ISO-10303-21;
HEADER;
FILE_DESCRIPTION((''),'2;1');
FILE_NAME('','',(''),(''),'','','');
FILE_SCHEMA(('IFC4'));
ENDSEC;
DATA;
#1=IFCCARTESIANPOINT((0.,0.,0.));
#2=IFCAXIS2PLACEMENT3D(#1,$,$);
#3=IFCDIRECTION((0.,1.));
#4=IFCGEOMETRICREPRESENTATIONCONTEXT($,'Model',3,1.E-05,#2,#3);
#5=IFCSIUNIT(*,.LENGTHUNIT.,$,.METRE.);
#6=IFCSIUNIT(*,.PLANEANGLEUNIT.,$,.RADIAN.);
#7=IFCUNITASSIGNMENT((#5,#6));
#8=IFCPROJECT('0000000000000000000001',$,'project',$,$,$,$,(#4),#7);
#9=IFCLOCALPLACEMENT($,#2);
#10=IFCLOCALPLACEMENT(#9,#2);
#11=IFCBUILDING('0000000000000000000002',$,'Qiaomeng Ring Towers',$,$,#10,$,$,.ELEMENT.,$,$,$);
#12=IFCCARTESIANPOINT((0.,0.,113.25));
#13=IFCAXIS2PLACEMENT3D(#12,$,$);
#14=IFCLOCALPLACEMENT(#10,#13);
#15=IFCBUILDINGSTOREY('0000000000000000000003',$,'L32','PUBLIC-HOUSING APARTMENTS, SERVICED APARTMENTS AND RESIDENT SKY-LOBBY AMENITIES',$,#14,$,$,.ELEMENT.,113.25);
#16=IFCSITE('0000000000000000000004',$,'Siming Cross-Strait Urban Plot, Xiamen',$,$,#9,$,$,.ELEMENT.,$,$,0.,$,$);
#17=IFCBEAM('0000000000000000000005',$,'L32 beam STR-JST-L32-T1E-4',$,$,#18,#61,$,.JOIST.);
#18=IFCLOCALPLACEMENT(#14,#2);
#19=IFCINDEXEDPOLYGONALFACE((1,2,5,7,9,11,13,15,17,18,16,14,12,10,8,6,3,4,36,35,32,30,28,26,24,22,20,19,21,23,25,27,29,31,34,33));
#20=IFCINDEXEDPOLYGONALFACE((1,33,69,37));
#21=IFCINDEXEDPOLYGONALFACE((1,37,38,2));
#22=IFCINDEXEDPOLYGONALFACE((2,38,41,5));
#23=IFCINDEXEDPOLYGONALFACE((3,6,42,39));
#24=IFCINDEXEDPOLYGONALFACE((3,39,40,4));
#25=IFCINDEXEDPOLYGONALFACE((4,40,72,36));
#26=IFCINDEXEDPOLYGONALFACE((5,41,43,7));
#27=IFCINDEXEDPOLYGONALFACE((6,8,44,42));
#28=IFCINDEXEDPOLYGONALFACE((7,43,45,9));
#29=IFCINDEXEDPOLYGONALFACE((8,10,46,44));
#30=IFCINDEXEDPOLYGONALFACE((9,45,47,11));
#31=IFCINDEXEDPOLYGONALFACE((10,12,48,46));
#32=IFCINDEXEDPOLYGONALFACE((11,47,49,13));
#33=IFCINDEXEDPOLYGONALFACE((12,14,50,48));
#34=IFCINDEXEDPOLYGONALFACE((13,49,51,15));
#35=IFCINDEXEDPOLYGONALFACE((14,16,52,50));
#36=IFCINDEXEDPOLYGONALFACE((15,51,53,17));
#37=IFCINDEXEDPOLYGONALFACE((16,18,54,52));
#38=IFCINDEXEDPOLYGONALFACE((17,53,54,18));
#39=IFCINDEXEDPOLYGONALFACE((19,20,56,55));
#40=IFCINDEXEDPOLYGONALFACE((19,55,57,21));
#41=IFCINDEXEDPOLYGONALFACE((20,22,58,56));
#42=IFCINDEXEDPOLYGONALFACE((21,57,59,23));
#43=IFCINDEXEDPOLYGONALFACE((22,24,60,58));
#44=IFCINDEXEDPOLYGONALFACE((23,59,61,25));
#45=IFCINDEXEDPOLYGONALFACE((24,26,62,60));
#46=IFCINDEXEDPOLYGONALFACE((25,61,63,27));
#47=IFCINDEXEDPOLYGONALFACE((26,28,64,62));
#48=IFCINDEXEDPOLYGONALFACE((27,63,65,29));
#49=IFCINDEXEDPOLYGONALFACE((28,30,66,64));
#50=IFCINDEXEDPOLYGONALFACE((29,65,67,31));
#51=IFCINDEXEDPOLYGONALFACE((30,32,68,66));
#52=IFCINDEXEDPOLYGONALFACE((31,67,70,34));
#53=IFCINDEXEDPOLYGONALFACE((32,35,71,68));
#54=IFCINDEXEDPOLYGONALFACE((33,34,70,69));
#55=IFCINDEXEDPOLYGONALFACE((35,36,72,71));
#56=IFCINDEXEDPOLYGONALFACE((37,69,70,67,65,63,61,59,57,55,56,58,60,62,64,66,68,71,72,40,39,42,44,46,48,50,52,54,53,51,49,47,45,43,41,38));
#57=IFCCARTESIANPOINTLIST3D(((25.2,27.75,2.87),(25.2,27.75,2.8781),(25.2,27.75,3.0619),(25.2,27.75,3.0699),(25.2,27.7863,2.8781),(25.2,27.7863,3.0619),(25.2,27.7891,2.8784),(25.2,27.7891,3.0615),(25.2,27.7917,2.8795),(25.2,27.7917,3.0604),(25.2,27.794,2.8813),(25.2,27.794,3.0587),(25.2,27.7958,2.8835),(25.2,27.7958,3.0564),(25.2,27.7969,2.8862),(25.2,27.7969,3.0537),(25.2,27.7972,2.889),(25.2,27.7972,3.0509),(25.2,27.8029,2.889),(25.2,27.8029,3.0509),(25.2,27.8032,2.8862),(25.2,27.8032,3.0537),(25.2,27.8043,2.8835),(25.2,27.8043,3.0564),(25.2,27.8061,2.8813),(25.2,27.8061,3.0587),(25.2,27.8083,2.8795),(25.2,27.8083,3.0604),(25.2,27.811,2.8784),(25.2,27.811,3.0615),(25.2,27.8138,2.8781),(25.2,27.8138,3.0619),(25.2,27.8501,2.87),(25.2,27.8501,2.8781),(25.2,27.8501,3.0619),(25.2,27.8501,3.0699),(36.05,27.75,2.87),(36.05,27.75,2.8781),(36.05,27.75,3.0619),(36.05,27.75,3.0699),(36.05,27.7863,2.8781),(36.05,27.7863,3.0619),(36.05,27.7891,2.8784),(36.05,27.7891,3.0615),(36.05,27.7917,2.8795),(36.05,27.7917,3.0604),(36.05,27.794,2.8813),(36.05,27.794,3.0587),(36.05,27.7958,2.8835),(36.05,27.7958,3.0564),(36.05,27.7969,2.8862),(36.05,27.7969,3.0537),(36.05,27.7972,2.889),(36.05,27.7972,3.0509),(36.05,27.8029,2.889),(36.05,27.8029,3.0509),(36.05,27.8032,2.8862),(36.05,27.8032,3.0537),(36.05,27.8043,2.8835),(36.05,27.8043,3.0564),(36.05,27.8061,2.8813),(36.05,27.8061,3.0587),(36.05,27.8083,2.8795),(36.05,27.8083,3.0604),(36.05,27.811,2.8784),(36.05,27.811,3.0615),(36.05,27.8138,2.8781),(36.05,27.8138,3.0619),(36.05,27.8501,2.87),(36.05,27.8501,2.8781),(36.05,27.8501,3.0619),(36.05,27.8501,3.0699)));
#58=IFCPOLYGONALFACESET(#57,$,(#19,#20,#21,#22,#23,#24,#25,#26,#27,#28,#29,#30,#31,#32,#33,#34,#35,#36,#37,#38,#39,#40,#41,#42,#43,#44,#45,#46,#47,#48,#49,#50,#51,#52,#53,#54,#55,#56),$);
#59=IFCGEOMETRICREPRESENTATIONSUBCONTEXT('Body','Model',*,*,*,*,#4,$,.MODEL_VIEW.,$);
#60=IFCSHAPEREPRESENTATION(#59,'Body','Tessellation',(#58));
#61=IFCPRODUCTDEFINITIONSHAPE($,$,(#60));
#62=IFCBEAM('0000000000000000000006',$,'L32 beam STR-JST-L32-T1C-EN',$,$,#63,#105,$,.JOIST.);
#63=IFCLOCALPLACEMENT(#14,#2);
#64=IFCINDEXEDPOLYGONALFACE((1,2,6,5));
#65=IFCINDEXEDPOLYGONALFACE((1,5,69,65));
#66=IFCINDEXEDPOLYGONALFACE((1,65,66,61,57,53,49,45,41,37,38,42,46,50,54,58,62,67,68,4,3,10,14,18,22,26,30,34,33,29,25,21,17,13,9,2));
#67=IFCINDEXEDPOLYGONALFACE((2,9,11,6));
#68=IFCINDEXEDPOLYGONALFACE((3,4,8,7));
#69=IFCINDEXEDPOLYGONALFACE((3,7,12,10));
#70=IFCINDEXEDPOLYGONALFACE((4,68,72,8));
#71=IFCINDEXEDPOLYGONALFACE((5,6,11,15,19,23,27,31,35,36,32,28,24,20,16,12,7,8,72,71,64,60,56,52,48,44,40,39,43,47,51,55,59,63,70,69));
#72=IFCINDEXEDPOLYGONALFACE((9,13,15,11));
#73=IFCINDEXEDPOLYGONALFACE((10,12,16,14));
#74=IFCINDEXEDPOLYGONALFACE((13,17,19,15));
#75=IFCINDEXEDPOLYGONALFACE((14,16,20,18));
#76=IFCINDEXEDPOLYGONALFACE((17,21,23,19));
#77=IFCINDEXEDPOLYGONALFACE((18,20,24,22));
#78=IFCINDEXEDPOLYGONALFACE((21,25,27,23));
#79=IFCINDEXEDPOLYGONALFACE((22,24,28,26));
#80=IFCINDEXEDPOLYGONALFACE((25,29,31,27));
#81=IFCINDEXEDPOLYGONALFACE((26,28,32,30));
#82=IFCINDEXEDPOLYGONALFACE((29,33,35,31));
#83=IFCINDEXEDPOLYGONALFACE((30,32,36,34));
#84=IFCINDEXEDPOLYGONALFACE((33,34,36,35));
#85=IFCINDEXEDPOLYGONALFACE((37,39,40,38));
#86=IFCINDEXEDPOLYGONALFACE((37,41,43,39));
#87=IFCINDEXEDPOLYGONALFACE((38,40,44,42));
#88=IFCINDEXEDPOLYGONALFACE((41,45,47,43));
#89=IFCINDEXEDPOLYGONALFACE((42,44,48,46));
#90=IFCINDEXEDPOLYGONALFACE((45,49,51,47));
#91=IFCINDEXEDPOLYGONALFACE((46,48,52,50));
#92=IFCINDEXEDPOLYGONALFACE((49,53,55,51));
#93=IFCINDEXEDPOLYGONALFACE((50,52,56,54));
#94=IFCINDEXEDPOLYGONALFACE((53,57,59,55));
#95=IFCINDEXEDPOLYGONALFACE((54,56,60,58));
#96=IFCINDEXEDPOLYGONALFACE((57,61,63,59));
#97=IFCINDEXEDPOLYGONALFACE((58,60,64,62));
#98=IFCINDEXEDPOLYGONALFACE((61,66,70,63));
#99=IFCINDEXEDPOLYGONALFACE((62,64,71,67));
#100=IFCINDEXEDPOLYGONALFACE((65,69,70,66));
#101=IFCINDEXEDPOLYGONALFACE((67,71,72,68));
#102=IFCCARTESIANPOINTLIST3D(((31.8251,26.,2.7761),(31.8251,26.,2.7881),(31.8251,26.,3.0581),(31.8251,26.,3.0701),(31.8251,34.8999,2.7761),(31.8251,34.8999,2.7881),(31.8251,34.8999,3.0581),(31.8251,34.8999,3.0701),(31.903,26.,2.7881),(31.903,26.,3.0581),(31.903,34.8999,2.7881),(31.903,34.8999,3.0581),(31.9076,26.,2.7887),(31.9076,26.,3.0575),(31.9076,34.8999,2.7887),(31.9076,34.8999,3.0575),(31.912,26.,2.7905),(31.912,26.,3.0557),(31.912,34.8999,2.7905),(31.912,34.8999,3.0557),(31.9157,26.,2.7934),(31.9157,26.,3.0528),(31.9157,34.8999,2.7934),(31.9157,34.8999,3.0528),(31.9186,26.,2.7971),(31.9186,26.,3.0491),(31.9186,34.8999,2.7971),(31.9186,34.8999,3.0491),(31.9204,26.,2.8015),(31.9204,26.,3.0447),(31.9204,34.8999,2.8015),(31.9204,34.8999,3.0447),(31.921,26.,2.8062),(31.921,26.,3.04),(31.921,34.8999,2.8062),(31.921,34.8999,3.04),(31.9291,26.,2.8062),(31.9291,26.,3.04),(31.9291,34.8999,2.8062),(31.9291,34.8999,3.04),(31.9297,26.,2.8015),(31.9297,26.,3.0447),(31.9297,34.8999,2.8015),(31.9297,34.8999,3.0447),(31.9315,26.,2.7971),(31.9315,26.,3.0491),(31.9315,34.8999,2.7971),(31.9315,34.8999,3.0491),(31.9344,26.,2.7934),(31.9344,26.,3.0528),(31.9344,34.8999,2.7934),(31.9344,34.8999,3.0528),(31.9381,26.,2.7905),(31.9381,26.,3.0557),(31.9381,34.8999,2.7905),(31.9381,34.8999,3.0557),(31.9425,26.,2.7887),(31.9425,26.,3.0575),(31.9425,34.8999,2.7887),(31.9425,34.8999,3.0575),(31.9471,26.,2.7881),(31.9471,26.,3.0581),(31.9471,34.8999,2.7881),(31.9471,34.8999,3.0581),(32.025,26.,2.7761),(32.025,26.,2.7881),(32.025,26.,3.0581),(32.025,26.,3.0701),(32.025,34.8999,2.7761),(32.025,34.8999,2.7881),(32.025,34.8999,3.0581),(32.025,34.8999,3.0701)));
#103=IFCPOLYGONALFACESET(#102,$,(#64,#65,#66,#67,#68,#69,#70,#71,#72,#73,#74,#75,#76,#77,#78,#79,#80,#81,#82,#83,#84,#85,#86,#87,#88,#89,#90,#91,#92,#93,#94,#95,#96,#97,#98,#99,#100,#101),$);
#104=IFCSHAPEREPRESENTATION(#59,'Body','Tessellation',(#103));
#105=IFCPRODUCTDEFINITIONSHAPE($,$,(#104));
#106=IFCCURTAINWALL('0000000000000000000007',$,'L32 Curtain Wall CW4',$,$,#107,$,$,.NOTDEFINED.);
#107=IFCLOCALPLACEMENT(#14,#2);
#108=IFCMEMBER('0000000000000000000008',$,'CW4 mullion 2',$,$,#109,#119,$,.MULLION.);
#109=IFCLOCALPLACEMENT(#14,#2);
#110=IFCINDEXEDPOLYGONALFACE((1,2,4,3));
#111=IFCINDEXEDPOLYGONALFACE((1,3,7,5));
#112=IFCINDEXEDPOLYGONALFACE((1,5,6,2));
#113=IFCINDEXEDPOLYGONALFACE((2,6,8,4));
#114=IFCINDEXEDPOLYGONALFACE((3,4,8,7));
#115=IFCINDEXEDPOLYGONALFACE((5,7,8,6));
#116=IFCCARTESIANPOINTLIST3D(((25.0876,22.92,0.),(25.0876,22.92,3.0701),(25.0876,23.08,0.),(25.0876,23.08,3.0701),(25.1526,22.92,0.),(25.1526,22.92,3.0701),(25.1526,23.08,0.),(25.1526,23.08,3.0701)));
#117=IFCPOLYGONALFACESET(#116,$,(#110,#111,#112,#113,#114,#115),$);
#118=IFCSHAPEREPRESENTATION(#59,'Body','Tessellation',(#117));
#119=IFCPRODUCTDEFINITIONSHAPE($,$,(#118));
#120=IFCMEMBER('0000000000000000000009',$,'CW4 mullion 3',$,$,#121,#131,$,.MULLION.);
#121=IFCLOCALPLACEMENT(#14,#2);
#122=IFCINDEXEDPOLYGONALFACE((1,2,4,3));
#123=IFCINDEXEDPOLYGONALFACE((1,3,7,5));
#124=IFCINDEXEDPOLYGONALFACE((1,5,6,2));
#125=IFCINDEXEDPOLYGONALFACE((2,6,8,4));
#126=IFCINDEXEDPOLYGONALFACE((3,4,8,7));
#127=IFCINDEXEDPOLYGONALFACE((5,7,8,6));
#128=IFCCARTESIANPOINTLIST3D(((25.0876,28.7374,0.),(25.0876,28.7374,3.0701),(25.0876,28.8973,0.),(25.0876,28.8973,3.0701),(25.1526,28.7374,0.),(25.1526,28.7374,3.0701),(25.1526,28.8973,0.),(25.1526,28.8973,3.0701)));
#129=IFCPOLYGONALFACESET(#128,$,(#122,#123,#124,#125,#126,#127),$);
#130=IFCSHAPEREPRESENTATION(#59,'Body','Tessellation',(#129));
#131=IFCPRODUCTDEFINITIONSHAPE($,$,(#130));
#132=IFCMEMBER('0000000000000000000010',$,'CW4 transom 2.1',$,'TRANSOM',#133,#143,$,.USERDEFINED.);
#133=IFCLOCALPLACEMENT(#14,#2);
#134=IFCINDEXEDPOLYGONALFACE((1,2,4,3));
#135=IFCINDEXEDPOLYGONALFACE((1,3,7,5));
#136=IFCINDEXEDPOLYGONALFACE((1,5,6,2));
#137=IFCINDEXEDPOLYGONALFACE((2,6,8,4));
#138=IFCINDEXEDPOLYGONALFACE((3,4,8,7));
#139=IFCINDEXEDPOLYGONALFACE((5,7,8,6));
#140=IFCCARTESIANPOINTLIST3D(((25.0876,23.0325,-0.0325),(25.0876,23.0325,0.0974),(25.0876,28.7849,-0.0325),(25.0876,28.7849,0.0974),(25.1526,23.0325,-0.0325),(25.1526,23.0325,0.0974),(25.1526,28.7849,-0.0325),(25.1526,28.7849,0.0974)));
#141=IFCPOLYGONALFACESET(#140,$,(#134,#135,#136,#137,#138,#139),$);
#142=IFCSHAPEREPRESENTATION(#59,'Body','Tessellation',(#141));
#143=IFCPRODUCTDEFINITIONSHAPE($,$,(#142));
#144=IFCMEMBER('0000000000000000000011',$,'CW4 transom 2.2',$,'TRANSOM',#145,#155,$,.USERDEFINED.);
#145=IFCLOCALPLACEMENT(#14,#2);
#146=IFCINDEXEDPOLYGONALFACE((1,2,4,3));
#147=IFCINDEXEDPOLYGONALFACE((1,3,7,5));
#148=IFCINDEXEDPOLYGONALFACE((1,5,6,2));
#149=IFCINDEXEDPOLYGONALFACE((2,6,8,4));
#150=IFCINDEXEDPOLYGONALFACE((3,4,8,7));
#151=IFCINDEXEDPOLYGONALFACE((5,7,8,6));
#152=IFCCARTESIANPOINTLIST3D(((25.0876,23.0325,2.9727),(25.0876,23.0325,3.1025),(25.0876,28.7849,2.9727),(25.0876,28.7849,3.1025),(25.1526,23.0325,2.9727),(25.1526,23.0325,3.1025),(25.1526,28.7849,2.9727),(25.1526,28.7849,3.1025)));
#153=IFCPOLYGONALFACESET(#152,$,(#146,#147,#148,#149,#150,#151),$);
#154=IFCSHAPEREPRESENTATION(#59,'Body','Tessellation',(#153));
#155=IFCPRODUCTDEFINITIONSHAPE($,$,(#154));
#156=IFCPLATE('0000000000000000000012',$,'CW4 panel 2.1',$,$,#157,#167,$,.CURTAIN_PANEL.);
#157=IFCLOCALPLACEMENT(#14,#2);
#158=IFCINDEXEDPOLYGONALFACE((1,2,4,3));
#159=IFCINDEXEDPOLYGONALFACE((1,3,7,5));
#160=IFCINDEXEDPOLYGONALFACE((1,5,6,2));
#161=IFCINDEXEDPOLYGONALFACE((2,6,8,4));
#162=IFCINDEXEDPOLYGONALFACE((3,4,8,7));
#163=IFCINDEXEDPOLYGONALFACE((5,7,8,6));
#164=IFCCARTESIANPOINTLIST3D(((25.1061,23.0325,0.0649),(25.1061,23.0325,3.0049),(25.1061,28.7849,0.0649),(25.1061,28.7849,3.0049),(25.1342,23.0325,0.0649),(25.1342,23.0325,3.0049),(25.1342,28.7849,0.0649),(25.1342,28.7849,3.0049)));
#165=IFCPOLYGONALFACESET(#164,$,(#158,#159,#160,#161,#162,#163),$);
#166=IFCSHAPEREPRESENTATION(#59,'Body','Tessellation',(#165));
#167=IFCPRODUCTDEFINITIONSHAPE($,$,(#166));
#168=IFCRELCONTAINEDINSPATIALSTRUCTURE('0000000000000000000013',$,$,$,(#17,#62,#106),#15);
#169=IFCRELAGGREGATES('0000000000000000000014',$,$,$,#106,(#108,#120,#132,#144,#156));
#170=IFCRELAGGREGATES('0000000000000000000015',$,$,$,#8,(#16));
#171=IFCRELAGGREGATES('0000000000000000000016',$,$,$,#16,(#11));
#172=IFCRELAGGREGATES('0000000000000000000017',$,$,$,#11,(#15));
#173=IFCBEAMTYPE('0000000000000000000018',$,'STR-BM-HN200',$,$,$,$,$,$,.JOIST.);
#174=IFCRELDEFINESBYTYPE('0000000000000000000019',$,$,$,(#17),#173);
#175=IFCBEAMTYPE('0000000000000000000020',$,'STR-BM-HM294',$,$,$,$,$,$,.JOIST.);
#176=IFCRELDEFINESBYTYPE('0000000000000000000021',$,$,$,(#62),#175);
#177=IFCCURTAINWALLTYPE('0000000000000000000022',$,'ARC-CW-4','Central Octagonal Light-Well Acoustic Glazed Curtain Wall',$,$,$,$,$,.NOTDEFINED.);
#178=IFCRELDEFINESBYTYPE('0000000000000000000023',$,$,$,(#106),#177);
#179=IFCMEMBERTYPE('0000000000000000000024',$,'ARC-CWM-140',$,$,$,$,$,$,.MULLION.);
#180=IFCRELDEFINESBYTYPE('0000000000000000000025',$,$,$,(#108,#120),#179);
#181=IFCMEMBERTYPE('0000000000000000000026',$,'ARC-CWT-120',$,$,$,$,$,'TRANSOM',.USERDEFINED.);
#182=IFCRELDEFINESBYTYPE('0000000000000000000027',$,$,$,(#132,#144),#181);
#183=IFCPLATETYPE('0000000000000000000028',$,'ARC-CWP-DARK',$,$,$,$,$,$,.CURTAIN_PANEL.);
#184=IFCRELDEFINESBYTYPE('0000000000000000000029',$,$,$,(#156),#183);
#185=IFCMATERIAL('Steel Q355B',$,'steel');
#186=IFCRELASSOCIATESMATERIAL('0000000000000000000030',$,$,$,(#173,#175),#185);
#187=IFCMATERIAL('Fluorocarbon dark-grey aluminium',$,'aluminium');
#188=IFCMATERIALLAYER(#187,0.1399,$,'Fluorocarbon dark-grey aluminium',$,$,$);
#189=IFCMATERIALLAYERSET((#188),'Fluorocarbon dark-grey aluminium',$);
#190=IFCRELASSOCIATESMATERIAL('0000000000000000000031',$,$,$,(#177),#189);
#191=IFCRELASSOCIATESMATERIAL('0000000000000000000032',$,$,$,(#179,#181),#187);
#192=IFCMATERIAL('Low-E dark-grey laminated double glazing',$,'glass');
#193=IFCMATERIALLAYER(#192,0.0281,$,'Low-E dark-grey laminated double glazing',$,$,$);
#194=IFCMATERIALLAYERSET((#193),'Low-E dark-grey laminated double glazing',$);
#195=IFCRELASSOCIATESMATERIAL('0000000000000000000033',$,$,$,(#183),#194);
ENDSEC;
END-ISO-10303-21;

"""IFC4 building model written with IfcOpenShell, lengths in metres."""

from ifc_helpers import new_model, si_unit, direction, frame, origin, origin_2d, place, context, subcontext, project, spatial, rectangle, i_section, extrude, source, transform, mapped, material, layer, layer_set, material_profile, profile_set, type_object, element, aggregate, save


model = new_model("IFC4")

# Units and contexts
model_context = context("Model", 3, precision=1e-05, world=origin(), true_north=direction((0.0, 1.0)))
body_context = subcontext(model_context, "Body", "Model", "MODEL_VIEW")
ifc_project = project(units=[si_unit("LENGTHUNIT", "METRE"), si_unit("PLANEANGLEUNIT", "RADIAN")], contexts=[model_context])

# Site, building, storey
site_placement = place(None, origin())
site = spatial("IfcSite", under=ifc_project, at=site_placement, Name="Siming Cross-Strait Urban Plot, Xiamen", CompositionType="ELEMENT", RefElevation=0.0)
building_placement = place(site_placement, origin())
building = spatial("IfcBuilding", under=site, at=building_placement, Name="Qiaomeng Ring Towers", CompositionType="ELEMENT")
storey_placement = place(building_placement, frame((0.0, 0.0, 113.25)))
storey = spatial("IfcBuildingStorey", under=building, at=storey_placement, Name="L32", Description="PUBLIC-HOUSING APARTMENTS, SERVICED APARTMENTS AND RESIDENT SKY-LOBBY AMENITIES", CompositionType="ELEMENT", Elevation=113.25)

# Beams
ifc_material_1 = material(Name="Steel Q355B", Category="steel")
ifc_material_profile_1 = material_profile(ifc_material_1, i_section(OverallWidth=0.1001, OverallDepth=0.2, WebThickness=0.0056, FlangeThickness=0.0081, FilletRadius=0.011, at=origin_2d()), Name="HN 200x100x5.5x8")
ifc_profile_set_1 = profile_set([ifc_material_profile_1], Name="Steel Q355B")
beam_type_1 = type_object("IfcBeamType", Name="STR-BM-HN200", PredefinedType="JOIST", material=ifc_profile_set_1)
shared_shape_1 = source(origin(), body_context, "Body", "SweptSolid", [
    extrude(i_section(OverallWidth=0.1001, OverallDepth=0.2, WebThickness=0.0056, FlangeThickness=0.0081, FilletRadius=0.011, at=origin_2d()), origin(), (0.0, 0.0, 1.0), 10.8501),
])
for number, where, z_axis, x_axis, name in (
    (1, (25.2, 27.8, 2.97), (1.0, 0.0, 0.0), (0.0, 1.0, 0.0), "L32 beam STR-JST-L32-T1E-4"),
):
    element("IfcBeam", number, at=place(storey_placement, frame(where, z_axis=z_axis, x_axis=x_axis)), inside=storey, type_object=beam_type_1, Name=name, PredefinedType="JOIST", context=body_context, shape_type="MappedRepresentation", body=[
        mapped(shared_shape_1, transform((0.0, 0.0, 0.0), x_axis=(1.0, 0.0, 0.0), y_axis=(0.0, 1.0, 0.0), z_axis=(0.0, 0.0, 1.0), scale=1.0)),
    ])
ifc_material_profile_2 = material_profile(ifc_material_1, i_section(OverallWidth=0.2, OverallDepth=0.2939, WebThickness=0.0081, FlangeThickness=0.012, FilletRadius=0.0181, at=origin_2d()), Name="HM 294x200x8x12")
ifc_profile_set_2 = profile_set([ifc_material_profile_2], Name="Steel Q355B")
beam_type_2 = type_object("IfcBeamType", Name="STR-BM-HM294", PredefinedType="JOIST", material=ifc_profile_set_2)
shared_shape_2 = source(origin(), body_context, "Body", "SweptSolid", [
    extrude(i_section(OverallWidth=0.2, OverallDepth=0.2939, WebThickness=0.0081, FlangeThickness=0.012, FilletRadius=0.0181, at=origin_2d()), origin(), (0.0, 0.0, 1.0), 8.8999),
])
beam_1_placement = place(storey_placement, frame((31.925, 26.0, 2.9231), z_axis=(0.0, 1.0, 0.0), x_axis=(-1.0, 0.0, 0.0)))
element("IfcBeam", 2, at=beam_1_placement, inside=storey, type_object=beam_type_2, Name="L32 beam STR-JST-L32-T1C-EN", PredefinedType="JOIST", context=body_context, shape_type="MappedRepresentation", body=[
    mapped(shared_shape_2, transform((0.0, 0.0, 0.0), x_axis=(1.0, 0.0, 0.0), y_axis=(0.0, 1.0, 0.0), z_axis=(0.0, 0.0, 1.0), scale=1.0)),
])

# Curtain wall, members, plate
ifc_material_2 = material(Name="Fluorocarbon dark-grey aluminium", Category="aluminium")
ifc_layer_1 = layer(ifc_material_2, 0.1399, Name="Fluorocarbon dark-grey aluminium")
ifc_layer_set_1 = layer_set([ifc_layer_1], Name="Fluorocarbon dark-grey aluminium")
curtain_wall_type = type_object("IfcCurtainWallType", Name="ARC-CW-4", Description="Central Octagonal Light-Well Acoustic Glazed Curtain Wall", PredefinedType="NOTDEFINED", material=ifc_layer_set_1)
curtain_wall_placement = place(storey_placement, origin())
curtain_wall = element("IfcCurtainWall", 3, at=curtain_wall_placement, inside=storey, type_object=curtain_wall_type, Name="L32 Curtain Wall CW4", PredefinedType="NOTDEFINED")
ifc_material_profile_3 = material_profile(ifc_material_2, rectangle(XDim=0.0649, YDim=0.1599, at=origin_2d()), Name="ALU MULL 65x160")
ifc_profile_set_3 = profile_set([ifc_material_profile_3], Name="Fluorocarbon dark-grey aluminium")
member_type_1 = type_object("IfcMemberType", Name="ARC-CWM-140", PredefinedType="MULLION", material=ifc_profile_set_3)
shared_shape_3 = source(origin(), body_context, "Body", "SweptSolid", [
    extrude(rectangle(XDim=0.0649, YDim=0.1599, at=origin_2d()), origin(), (0.0, 0.0, 1.0), 3.0701),
])
member_1_placement = place(storey_placement, frame((25.1201, 23.0, 0.0), z_axis=(0.0, 0.0, 1.0), x_axis=(-1.0, 0.0, 0.0)))
member_1 = element("IfcMember", 4, at=member_1_placement, type_object=member_type_1, Name="CW4 mullion 2", PredefinedType="MULLION", context=body_context, shape_type="MappedRepresentation", body=[
    mapped(shared_shape_3, transform((0.0, 0.0, 0.0), x_axis=(1.0, 0.0, 0.0), y_axis=(0.0, 1.0, 0.0), z_axis=(0.0, 0.0, 1.0), scale=1.0)),
])
member_2_placement = place(storey_placement, frame((25.1201, 28.8174, 0.0), z_axis=(0.0, 0.0, 1.0), x_axis=(-1.0, 0.0, 0.0)))
member_2 = element("IfcMember", 5, at=member_2_placement, type_object=member_type_1, Name="CW4 mullion 3", PredefinedType="MULLION", context=body_context, shape_type="MappedRepresentation", body=[
    mapped(shared_shape_3, transform((0.0, 0.0, 0.0), x_axis=(1.0, 0.0, 0.0), y_axis=(0.0, 1.0, 0.0), z_axis=(0.0, 0.0, 1.0), scale=1.0)),
])
ifc_material_profile_4 = material_profile(ifc_material_2, rectangle(XDim=0.0649, YDim=0.1299, at=origin_2d()), Name="ALU TRAN 65x130")
ifc_profile_set_4 = profile_set([ifc_material_profile_4], Name="Fluorocarbon dark-grey aluminium")
member_type_2 = type_object("IfcMemberType", Name="ARC-CWT-120", ElementType="TRANSOM", PredefinedType="USERDEFINED", material=ifc_profile_set_4)
shared_shape_4 = source(origin(), body_context, "Body", "SweptSolid", [
    extrude(rectangle(XDim=0.0649, YDim=0.1299, at=origin_2d()), origin(), (0.0, 0.0, 1.0), 5.7524),
])
member_3_placement = place(storey_placement, frame((25.1201, 23.0325, 0.0325), z_axis=(0.0, 1.0, 0.0), x_axis=(-1.0, 0.0, 0.0)))
member_3 = element("IfcMember", 6, at=member_3_placement, type_object=member_type_2, Name="CW4 transom 2.1", ObjectType="TRANSOM", PredefinedType="USERDEFINED", context=body_context, shape_type="MappedRepresentation", body=[
    mapped(shared_shape_4, transform((0.0, 0.0, 0.0), x_axis=(1.0, 0.0, 0.0), y_axis=(0.0, 1.0, 0.0), z_axis=(0.0, 0.0, 1.0), scale=1.0)),
])
member_4_placement = place(storey_placement, frame((25.1201, 23.0325, 3.0376), z_axis=(0.0, 1.0, 0.0), x_axis=(-1.0, 0.0, 0.0)))
member_4 = element("IfcMember", 7, at=member_4_placement, type_object=member_type_2, Name="CW4 transom 2.2", ObjectType="TRANSOM", PredefinedType="USERDEFINED", context=body_context, shape_type="MappedRepresentation", body=[
    mapped(shared_shape_4, transform((0.0, 0.0, 0.0), x_axis=(1.0, 0.0, 0.0), y_axis=(0.0, 1.0, 0.0), z_axis=(0.0, 0.0, 1.0), scale=1.0)),
])
ifc_material_3 = material(Name="Low-E dark-grey laminated double glazing", Category="glass")
ifc_layer_2 = layer(ifc_material_3, 0.0281, Name="Low-E dark-grey laminated double glazing")
ifc_layer_set_2 = layer_set([ifc_layer_2], Name="Low-E dark-grey laminated double glazing")
plate_type = type_object("IfcPlateType", Name="ARC-CWP-DARK", PredefinedType="CURTAIN_PANEL", material=ifc_layer_set_2)
shared_shape_5 = source(origin(), body_context, "Body", "SweptSolid", [
    extrude(rectangle(XDim=5.7524, YDim=0.0281, at=origin_2d()), origin(), (0.0, 0.0, 1.0), 2.9399),
])
plate_placement = place(storey_placement, frame((25.1201, 25.9087, 0.0649), z_axis=(0.0, 0.0, 1.0), x_axis=(0.0, 1.0, 0.0)))
plate = element("IfcPlate", 8, at=plate_placement, type_object=plate_type, Name="CW4 panel 2.1", PredefinedType="CURTAIN_PANEL", context=body_context, shape_type="MappedRepresentation", body=[
    mapped(shared_shape_5, transform((0.0, 0.0, 0.0), x_axis=(1.0, 0.0, 0.0), y_axis=(0.0, 1.0, 0.0), z_axis=(0.0, 0.0, 1.0), scale=1.0)),
])
aggregate(curtain_wall, [member_1, member_2, member_3, member_4, plate])

save(model, "model.ifc")
